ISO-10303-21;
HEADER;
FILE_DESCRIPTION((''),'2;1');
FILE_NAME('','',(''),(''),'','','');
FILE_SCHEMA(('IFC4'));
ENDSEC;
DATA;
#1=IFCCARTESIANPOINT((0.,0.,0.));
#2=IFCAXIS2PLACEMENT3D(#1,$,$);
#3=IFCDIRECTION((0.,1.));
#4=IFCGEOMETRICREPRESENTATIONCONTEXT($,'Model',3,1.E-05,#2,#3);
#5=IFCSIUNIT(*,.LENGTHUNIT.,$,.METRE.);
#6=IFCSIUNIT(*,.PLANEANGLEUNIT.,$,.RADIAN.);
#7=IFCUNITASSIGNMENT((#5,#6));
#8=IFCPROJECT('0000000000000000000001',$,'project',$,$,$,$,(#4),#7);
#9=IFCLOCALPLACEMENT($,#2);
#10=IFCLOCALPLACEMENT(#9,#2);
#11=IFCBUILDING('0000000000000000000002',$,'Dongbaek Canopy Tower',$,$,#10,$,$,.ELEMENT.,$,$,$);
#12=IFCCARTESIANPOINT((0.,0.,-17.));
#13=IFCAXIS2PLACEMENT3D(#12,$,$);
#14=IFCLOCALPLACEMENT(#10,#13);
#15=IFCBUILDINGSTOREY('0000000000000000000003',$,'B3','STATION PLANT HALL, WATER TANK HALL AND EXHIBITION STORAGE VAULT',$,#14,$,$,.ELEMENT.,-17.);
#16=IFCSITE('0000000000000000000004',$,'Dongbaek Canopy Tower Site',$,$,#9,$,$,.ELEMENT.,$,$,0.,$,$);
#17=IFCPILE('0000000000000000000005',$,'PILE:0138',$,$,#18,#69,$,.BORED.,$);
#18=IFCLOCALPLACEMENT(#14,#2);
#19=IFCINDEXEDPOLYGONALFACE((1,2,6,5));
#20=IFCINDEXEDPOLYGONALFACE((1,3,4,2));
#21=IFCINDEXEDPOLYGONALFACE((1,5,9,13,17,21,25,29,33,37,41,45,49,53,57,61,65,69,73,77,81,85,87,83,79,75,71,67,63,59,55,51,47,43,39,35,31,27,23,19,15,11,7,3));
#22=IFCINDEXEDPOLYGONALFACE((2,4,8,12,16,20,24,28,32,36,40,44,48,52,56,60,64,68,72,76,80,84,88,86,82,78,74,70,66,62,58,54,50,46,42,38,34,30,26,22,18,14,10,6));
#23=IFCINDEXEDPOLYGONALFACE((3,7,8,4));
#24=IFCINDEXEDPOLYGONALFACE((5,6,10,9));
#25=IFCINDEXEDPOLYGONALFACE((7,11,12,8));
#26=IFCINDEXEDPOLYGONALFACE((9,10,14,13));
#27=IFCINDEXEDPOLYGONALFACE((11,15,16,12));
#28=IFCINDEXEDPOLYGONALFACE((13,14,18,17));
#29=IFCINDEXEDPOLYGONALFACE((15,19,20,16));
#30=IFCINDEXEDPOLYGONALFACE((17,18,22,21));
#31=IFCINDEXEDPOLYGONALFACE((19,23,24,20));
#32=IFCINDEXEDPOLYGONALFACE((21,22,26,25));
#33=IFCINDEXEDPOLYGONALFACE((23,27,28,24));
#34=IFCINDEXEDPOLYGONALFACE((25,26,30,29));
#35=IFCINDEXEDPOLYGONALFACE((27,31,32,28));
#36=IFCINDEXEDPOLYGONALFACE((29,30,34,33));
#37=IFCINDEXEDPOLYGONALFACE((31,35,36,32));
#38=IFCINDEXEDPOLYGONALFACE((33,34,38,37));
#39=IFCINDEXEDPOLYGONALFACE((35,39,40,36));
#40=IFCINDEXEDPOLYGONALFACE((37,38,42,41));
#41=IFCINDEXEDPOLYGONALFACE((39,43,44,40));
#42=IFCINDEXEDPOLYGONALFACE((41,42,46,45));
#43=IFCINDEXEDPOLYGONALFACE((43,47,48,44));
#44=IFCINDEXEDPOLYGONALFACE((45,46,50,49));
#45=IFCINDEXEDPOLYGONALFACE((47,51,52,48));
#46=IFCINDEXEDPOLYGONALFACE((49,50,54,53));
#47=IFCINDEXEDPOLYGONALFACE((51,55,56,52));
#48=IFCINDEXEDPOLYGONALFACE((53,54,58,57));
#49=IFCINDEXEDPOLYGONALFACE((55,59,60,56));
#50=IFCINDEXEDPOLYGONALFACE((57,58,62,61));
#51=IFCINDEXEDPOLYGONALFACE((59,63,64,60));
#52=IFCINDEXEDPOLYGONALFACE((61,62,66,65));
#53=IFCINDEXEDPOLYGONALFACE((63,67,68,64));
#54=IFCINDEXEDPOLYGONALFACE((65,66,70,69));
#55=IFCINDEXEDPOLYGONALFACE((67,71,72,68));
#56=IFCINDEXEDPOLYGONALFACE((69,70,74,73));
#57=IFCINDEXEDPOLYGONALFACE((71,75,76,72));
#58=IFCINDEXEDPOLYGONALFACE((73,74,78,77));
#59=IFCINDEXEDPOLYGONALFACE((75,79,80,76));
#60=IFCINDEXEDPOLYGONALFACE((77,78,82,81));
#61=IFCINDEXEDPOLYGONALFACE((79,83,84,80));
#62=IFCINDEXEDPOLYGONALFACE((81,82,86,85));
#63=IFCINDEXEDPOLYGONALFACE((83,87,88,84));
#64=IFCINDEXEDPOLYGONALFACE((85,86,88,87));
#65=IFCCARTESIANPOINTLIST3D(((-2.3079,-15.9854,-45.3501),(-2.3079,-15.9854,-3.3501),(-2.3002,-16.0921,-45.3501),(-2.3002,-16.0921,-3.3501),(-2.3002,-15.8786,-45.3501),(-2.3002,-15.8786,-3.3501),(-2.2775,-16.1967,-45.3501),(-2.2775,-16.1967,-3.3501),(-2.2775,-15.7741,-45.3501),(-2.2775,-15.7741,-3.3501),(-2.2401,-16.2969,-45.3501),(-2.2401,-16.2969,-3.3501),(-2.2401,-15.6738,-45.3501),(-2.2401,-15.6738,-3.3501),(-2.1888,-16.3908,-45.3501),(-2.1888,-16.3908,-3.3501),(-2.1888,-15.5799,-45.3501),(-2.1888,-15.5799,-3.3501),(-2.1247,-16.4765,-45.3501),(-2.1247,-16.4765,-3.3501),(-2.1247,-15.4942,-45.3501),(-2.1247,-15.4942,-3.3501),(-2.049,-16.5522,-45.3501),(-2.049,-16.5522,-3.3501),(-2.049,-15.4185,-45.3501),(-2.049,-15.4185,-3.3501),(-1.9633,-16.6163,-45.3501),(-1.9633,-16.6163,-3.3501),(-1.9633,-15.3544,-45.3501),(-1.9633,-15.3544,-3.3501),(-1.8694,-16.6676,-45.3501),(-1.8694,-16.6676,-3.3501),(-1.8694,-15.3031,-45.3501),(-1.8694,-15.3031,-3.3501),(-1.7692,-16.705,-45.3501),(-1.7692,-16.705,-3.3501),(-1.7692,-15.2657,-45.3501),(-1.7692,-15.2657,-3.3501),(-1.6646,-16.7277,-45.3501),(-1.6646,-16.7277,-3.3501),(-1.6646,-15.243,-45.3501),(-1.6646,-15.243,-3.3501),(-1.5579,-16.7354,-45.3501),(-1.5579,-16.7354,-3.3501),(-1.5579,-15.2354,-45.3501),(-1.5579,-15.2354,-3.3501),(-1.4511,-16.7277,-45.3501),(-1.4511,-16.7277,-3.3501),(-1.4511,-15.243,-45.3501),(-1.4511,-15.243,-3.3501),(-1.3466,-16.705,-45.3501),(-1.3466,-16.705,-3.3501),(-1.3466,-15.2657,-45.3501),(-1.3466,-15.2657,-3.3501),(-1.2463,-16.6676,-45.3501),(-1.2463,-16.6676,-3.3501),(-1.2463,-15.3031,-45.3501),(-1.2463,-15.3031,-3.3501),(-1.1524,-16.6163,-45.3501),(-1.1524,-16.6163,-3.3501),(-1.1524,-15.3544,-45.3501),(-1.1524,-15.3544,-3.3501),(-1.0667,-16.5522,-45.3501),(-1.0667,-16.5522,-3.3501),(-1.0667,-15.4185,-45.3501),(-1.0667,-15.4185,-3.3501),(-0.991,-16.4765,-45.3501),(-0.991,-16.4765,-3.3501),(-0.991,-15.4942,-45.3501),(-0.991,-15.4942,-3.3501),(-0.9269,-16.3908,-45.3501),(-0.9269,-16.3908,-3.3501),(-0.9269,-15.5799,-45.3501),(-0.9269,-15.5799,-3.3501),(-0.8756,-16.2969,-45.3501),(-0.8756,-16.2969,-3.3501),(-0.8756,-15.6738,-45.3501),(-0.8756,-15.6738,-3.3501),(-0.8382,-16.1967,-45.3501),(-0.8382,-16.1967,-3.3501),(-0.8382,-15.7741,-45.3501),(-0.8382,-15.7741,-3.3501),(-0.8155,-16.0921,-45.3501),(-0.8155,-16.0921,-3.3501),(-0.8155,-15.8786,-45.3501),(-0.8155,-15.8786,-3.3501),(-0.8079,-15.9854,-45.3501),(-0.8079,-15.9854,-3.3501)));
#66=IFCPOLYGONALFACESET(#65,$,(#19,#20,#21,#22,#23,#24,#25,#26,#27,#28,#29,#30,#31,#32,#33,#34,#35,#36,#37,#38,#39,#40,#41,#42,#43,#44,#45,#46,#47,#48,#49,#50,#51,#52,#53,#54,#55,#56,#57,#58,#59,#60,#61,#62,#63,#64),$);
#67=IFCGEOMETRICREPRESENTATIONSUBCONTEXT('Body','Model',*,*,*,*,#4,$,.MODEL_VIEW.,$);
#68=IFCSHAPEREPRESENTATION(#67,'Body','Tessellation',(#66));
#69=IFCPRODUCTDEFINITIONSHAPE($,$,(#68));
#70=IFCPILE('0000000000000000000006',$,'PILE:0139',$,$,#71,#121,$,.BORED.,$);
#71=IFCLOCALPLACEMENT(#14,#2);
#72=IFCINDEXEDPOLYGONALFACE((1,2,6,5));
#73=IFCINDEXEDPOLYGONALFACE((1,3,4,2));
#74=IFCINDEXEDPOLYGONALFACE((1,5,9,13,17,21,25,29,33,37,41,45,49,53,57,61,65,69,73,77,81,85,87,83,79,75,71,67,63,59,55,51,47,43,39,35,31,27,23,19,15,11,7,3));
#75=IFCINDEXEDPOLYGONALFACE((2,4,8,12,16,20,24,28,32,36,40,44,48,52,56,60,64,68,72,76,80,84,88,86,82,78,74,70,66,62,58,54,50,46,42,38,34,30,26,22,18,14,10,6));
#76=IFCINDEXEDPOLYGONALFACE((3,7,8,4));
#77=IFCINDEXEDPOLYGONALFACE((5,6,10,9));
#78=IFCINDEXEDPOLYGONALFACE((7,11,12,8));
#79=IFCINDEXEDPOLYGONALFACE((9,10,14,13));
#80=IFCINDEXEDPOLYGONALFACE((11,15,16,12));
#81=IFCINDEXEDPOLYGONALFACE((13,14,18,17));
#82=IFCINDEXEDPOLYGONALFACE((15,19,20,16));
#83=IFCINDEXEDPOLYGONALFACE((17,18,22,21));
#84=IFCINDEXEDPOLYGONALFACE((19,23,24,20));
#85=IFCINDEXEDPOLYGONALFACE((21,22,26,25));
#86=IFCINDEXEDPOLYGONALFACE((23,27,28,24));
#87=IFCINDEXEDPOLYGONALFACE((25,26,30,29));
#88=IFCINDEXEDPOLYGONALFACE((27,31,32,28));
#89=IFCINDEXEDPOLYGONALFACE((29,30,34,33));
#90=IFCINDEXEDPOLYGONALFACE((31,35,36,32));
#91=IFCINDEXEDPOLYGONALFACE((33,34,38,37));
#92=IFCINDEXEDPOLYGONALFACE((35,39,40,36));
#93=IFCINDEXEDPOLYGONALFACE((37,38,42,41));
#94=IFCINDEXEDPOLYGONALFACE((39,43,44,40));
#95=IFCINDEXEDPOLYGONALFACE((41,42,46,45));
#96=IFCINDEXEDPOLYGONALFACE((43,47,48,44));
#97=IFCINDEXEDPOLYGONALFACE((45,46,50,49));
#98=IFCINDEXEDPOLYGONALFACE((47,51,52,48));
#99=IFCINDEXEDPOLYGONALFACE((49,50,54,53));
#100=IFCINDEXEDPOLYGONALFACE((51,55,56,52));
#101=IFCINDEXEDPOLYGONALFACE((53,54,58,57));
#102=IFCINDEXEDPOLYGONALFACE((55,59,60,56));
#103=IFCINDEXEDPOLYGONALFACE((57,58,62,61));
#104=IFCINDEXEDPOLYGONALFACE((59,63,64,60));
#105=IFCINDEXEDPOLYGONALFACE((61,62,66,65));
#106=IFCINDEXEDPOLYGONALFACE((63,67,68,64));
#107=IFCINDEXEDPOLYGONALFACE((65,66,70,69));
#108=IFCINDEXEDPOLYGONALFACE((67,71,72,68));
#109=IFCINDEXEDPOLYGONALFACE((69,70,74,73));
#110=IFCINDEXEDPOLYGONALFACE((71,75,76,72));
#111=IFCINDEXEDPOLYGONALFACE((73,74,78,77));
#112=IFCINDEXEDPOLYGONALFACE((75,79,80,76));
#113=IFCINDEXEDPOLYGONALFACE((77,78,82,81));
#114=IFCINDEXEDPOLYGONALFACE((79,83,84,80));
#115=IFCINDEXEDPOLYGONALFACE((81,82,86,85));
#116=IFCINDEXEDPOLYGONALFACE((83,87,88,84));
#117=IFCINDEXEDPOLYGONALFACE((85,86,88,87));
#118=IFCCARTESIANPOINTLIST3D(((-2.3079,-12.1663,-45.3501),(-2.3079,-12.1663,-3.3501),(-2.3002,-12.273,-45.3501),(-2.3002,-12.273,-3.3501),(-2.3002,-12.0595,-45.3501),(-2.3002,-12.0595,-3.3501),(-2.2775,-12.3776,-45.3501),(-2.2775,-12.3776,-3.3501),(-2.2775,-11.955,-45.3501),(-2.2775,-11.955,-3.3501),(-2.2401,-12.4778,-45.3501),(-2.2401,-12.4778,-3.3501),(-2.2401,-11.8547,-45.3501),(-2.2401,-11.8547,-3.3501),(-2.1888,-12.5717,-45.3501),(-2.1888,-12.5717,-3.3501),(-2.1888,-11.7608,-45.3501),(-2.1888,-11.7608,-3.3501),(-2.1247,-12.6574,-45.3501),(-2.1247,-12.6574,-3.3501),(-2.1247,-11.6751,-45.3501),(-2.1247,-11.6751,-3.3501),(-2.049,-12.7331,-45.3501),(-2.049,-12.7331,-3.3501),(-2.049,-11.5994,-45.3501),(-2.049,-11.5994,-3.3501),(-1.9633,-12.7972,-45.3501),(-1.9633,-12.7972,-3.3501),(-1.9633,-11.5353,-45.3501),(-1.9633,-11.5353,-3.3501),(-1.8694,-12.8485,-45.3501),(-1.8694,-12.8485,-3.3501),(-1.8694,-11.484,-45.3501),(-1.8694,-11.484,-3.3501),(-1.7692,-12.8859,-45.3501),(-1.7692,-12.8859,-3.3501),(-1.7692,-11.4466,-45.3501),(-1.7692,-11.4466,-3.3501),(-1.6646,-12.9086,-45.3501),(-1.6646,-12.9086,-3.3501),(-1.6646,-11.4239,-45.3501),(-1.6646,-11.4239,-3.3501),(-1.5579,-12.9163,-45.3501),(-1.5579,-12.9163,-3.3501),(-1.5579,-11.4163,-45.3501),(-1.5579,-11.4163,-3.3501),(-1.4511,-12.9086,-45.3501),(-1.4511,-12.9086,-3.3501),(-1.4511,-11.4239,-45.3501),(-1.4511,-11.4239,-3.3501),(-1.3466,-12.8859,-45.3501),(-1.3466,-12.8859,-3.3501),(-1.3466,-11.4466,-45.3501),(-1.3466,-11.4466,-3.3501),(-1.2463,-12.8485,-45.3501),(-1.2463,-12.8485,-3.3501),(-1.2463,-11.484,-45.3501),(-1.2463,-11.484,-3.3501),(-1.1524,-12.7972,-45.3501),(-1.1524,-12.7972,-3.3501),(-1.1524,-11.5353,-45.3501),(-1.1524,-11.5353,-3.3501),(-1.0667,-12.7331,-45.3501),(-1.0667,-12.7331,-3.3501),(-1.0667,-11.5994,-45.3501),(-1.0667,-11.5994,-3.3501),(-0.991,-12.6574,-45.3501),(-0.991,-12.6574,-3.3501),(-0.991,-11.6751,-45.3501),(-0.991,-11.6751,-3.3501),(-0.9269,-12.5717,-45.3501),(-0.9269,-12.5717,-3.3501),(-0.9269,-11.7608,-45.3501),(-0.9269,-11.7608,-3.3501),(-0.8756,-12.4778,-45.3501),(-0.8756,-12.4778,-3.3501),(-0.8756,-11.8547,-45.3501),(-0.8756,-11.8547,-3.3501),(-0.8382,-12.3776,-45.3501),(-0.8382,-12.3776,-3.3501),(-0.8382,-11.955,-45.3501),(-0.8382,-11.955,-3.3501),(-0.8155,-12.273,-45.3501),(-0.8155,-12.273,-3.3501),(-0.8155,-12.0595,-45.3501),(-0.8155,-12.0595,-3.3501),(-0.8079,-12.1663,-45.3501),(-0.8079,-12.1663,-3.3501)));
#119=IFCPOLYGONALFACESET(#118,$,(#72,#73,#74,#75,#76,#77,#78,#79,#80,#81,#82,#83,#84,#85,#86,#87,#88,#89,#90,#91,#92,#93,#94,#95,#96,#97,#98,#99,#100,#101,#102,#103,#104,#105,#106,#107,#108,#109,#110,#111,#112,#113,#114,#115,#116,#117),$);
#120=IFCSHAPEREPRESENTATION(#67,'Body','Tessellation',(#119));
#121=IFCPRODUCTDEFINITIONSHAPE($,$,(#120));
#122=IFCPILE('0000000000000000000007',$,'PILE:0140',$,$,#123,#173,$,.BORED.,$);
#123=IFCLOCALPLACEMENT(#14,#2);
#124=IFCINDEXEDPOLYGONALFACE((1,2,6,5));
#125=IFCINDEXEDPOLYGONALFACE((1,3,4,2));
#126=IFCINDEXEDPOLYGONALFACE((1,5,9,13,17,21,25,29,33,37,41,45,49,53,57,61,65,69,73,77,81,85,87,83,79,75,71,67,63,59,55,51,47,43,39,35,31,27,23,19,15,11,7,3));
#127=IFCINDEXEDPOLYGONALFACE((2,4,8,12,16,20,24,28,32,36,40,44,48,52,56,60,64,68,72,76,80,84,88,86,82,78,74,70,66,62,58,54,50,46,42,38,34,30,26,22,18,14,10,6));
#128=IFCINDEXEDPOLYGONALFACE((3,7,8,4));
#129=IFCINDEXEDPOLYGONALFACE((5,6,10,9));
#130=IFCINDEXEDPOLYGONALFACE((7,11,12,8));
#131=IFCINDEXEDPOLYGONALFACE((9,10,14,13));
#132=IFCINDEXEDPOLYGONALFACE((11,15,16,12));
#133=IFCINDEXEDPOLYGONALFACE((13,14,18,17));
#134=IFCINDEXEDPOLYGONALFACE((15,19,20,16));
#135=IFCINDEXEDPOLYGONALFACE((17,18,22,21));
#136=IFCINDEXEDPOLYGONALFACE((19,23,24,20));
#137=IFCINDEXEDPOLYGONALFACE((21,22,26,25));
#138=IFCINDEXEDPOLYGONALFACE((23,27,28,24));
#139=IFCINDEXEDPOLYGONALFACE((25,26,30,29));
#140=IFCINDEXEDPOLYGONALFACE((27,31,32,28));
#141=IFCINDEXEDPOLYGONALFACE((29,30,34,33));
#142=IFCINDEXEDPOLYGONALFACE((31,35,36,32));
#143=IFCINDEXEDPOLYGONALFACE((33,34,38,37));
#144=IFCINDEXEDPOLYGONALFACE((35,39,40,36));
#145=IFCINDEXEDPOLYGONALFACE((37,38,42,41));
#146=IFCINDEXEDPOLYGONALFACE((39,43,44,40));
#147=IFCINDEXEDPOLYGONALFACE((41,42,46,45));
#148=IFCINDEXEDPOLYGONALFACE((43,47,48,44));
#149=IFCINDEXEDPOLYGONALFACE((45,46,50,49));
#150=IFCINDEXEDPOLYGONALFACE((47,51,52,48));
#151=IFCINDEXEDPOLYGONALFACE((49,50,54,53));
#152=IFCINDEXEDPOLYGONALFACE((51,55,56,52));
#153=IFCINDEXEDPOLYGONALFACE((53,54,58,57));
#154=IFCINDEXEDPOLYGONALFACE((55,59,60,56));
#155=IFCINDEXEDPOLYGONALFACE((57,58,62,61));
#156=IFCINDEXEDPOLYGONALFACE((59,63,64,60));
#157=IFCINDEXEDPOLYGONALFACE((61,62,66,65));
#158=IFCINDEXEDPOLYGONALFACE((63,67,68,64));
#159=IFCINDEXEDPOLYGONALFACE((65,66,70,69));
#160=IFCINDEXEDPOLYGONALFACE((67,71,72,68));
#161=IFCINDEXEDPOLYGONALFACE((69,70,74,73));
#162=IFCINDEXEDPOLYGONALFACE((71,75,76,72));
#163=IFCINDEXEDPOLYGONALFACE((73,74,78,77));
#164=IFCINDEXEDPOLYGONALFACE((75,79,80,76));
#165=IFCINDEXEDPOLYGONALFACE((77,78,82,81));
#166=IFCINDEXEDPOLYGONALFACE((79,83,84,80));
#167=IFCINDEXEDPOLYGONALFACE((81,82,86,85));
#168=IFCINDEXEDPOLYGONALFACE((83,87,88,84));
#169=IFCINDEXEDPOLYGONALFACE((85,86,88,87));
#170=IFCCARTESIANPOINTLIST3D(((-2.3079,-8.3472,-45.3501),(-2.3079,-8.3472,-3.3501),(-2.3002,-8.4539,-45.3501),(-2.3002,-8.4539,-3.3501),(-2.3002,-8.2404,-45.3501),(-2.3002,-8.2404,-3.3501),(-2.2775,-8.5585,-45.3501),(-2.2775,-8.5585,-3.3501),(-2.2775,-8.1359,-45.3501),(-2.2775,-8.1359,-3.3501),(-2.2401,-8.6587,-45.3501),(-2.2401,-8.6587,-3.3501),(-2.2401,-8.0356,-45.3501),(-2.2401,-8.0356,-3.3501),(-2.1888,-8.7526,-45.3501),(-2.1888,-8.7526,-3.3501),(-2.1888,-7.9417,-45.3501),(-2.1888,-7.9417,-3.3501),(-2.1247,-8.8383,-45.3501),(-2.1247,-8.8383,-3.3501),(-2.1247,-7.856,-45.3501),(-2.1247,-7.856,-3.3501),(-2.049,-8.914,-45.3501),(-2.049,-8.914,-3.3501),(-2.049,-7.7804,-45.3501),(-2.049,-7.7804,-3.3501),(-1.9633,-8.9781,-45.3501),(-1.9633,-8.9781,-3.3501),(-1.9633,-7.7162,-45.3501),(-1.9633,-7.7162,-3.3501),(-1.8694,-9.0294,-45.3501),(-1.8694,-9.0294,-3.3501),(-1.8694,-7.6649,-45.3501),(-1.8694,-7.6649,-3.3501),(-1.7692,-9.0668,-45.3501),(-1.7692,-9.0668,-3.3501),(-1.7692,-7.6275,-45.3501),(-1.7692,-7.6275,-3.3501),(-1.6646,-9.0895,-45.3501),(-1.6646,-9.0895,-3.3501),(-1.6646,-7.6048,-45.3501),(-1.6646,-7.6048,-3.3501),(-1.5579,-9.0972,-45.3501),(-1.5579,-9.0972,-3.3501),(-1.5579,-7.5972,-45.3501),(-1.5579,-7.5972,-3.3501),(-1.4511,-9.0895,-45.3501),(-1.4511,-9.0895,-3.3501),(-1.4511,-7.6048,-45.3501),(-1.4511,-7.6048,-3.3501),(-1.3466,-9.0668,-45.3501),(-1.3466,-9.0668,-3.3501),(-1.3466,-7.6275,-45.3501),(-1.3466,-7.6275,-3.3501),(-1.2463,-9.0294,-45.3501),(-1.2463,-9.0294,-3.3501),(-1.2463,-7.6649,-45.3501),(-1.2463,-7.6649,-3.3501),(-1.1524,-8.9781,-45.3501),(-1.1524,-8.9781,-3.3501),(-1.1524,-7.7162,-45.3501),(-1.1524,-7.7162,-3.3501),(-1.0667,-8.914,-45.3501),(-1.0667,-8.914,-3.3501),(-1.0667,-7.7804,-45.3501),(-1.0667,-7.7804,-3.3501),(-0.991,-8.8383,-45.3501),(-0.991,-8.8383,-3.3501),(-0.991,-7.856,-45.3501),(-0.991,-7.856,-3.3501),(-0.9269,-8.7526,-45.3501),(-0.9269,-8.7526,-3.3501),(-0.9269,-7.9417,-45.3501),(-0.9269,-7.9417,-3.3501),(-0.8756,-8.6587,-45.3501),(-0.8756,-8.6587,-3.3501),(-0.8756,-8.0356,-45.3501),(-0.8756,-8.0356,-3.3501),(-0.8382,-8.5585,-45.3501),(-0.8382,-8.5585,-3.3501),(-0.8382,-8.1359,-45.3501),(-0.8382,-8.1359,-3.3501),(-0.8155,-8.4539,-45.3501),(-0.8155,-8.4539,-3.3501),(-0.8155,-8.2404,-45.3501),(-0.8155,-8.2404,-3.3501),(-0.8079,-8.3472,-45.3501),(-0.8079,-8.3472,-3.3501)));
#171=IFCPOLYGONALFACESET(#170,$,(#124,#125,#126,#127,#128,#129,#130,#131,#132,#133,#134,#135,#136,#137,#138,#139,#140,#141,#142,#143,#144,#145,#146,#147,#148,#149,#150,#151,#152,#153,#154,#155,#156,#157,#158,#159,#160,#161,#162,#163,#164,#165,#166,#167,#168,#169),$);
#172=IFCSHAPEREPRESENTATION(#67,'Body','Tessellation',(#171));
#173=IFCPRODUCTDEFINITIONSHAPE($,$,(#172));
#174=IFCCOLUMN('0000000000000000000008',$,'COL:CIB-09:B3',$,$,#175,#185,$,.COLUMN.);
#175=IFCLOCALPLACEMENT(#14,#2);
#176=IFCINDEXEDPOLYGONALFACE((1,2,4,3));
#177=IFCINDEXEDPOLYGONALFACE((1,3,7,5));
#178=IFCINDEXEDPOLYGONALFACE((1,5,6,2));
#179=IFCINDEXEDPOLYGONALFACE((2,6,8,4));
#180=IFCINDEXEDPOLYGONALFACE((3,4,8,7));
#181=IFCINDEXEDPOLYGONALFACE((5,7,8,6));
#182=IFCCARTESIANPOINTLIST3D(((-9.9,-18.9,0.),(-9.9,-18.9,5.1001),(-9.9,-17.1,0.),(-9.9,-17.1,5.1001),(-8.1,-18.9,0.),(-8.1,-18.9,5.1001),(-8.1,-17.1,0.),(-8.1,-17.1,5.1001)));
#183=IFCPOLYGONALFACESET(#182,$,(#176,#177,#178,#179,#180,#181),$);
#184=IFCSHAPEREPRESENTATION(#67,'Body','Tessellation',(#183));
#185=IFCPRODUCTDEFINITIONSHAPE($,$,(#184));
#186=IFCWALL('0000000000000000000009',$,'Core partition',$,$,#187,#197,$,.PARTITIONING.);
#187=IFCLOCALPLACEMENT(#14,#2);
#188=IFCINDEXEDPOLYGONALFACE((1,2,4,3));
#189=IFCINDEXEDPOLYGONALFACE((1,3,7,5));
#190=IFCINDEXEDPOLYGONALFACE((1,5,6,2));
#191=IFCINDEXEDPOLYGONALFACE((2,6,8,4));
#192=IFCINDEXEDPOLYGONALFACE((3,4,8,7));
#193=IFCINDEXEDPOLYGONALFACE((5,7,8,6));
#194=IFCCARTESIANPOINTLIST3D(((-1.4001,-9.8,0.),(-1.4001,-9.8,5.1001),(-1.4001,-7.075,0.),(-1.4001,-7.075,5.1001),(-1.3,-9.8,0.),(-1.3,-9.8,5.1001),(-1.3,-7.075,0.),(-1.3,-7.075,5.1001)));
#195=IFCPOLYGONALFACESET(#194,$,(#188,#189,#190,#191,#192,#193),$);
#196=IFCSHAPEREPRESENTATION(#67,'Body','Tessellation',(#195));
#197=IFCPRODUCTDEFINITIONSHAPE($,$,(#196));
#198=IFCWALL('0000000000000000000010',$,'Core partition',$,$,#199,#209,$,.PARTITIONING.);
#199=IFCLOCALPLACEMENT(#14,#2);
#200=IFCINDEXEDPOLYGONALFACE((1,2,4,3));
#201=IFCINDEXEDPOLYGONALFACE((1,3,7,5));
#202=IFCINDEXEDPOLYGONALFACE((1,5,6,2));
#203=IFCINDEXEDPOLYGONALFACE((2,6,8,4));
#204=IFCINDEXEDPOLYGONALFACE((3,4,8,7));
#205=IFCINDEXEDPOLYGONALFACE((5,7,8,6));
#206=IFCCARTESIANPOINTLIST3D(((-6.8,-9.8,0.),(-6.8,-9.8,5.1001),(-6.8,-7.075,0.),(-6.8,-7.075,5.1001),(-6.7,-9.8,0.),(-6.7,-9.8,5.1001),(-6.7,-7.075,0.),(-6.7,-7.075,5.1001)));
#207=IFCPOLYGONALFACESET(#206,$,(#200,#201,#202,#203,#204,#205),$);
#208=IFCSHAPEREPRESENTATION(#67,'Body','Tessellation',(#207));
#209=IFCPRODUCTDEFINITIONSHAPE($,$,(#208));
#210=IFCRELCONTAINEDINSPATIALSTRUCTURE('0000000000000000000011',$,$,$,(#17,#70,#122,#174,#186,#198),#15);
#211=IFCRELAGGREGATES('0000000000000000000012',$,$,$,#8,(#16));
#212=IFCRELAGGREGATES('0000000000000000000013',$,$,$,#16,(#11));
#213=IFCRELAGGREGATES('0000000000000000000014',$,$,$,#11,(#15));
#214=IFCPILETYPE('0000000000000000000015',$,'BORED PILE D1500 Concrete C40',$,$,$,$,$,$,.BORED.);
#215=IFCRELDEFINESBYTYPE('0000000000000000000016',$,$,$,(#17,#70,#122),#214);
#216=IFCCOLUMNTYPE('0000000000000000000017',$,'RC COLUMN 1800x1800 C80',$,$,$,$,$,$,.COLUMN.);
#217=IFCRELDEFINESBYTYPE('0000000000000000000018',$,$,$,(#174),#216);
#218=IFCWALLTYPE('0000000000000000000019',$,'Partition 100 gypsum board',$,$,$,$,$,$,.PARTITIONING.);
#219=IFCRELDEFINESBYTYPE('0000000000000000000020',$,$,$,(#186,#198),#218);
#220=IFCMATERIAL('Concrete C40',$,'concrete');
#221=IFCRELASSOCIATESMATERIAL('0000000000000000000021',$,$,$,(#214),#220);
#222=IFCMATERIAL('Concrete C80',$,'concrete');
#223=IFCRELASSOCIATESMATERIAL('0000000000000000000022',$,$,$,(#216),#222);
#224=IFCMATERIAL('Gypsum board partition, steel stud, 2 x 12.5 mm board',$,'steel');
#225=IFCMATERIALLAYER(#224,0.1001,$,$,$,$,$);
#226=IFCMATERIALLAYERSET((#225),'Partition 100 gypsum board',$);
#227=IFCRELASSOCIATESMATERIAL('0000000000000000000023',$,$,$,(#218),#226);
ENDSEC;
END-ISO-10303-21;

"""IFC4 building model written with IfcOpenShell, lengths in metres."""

from ifc_helpers import new_model, si_unit, direction, frame, frame_2d, origin, origin_2d, place, context, subcontext, project, spatial, rectangle, circle, extrude, material, layer, layer_set, material_profile, profile_set, type_object, element, save


model = new_model("IFC4")

# Units and contexts
model_context = context("Model", 3, precision=1e-05, world=origin(), true_north=direction((0.0, 1.0)))
body_context = subcontext(model_context, "Body", "Model", "MODEL_VIEW")
ifc_project = project(units=[si_unit("LENGTHUNIT", "METRE"), si_unit("PLANEANGLEUNIT", "RADIAN")], contexts=[model_context])

# Site, building, storey
site_placement = place(None, origin())
site = spatial("IfcSite", under=ifc_project, at=site_placement, Name="Dongbaek Canopy Tower Site", CompositionType="ELEMENT", RefElevation=0.0)
building_placement = place(site_placement, origin())
building = spatial("IfcBuilding", under=site, at=building_placement, Name="Dongbaek Canopy Tower", CompositionType="ELEMENT")
storey_placement = place(building_placement, frame((0.0, 0.0, -17.0)))
storey = spatial("IfcBuildingStorey", under=building, at=storey_placement, Name="B3", Description="STATION PLANT HALL, WATER TANK HALL AND EXHIBITION STORAGE VAULT", CompositionType="ELEMENT", Elevation=-17.0)

# Piles
ifc_material_1 = material(Name="Concrete C40", Category="concrete")
ifc_material_profile_1 = material_profile(ifc_material_1, circle(Radius=0.75, at=origin_2d()), Name="BORED PILE D1500 Concrete C40")
ifc_profile_set_1 = profile_set([ifc_material_profile_1], Name="Concrete C40")
pile_type = type_object("IfcPileType", Name="BORED PILE D1500 Concrete C40", PredefinedType="BORED", material=ifc_profile_set_1)
for number, where, z_axis, x_axis, name in (
    (1, (-1.5579, -15.9854, -3.3501), (0.0, 0.0, -1.0), (1.0, 0.0, 0.0), "PILE:0138"),
    (2, (-1.5579, -12.1663, -3.3501), (0.0, 0.0, -1.0), (1.0, 0.0, 0.0), "PILE:0139"),
    (3, (-1.5579, -8.3472, -3.3501), (0.0, 0.0, -1.0), (1.0, 0.0, 0.0), "PILE:0140"),
):
    element("IfcPile", number, at=place(storey_placement, frame(where, z_axis=z_axis, x_axis=x_axis)), inside=storey, type_object=pile_type, Name=name, PredefinedType="BORED", context=body_context, shape_type="SweptSolid", body=[
        extrude(circle(Radius=0.75, at=origin_2d()), origin(), (0.0, 0.0, 1.0), 42.0),
    ])

# Column
ifc_material_2 = material(Name="Concrete C80", Category="concrete")
ifc_material_profile_2 = material_profile(ifc_material_2, rectangle(XDim=1.8, YDim=1.8, at=origin_2d()), Name="RC COLUMN 1800x1800 C80")
ifc_profile_set_2 = profile_set([ifc_material_profile_2], Name="Concrete C80")
column_type = type_object("IfcColumnType", Name="RC COLUMN 1800x1800 C80", PredefinedType="COLUMN", material=ifc_profile_set_2)
column_placement = place(storey_placement, frame((-9.0, -18.0, 0.0), z_axis=(0.0, 0.0, 1.0), x_axis=(1.0, 0.0, 0.0)))
element("IfcColumn", 4, at=column_placement, inside=storey, type_object=column_type, Name="COL:CIB-09:B3", PredefinedType="COLUMN", context=body_context, shape_type="SweptSolid", body=[
    extrude(rectangle(XDim=1.8, YDim=1.8, at=origin_2d()), origin(), (0.0, 0.0, 1.0), 5.1001),
])

# Walls
ifc_material_3 = material(Name="Gypsum board partition, steel stud, 2 x 12.5 mm board", Category="steel")
ifc_layer_1 = layer(ifc_material_3, 0.1001)
ifc_layer_set_1 = layer_set([ifc_layer_1], Name="Partition 100 gypsum board")
wall_type_1 = type_object("IfcWallType", Name="Partition 100 gypsum board", PredefinedType="PARTITIONING", material=ifc_layer_set_1)
for number, where, z_axis, x_axis, name in (
    (5, (-1.3501, -9.8, 0.0), (0.0, 0.0, 1.0), (0.0, 1.0, 0.0), "Core partition"),
    (6, (-6.75, -9.8, 0.0), (0.0, 0.0, 1.0), (0.0, 1.0, 0.0), "Core partition"),
):
    element("IfcWall", number, at=place(storey_placement, frame(where, z_axis=z_axis, x_axis=x_axis)), inside=storey, type_object=wall_type_1, Name=name, PredefinedType="PARTITIONING", context=body_context, shape_type="SweptSolid", body=[
        extrude(rectangle(XDim=2.7251, YDim=0.1001, at=frame_2d((1.3625, 0.0))), origin(), (0.0, 0.0, 1.0), 5.1001),
    ])

save(model, "model.ifc")
